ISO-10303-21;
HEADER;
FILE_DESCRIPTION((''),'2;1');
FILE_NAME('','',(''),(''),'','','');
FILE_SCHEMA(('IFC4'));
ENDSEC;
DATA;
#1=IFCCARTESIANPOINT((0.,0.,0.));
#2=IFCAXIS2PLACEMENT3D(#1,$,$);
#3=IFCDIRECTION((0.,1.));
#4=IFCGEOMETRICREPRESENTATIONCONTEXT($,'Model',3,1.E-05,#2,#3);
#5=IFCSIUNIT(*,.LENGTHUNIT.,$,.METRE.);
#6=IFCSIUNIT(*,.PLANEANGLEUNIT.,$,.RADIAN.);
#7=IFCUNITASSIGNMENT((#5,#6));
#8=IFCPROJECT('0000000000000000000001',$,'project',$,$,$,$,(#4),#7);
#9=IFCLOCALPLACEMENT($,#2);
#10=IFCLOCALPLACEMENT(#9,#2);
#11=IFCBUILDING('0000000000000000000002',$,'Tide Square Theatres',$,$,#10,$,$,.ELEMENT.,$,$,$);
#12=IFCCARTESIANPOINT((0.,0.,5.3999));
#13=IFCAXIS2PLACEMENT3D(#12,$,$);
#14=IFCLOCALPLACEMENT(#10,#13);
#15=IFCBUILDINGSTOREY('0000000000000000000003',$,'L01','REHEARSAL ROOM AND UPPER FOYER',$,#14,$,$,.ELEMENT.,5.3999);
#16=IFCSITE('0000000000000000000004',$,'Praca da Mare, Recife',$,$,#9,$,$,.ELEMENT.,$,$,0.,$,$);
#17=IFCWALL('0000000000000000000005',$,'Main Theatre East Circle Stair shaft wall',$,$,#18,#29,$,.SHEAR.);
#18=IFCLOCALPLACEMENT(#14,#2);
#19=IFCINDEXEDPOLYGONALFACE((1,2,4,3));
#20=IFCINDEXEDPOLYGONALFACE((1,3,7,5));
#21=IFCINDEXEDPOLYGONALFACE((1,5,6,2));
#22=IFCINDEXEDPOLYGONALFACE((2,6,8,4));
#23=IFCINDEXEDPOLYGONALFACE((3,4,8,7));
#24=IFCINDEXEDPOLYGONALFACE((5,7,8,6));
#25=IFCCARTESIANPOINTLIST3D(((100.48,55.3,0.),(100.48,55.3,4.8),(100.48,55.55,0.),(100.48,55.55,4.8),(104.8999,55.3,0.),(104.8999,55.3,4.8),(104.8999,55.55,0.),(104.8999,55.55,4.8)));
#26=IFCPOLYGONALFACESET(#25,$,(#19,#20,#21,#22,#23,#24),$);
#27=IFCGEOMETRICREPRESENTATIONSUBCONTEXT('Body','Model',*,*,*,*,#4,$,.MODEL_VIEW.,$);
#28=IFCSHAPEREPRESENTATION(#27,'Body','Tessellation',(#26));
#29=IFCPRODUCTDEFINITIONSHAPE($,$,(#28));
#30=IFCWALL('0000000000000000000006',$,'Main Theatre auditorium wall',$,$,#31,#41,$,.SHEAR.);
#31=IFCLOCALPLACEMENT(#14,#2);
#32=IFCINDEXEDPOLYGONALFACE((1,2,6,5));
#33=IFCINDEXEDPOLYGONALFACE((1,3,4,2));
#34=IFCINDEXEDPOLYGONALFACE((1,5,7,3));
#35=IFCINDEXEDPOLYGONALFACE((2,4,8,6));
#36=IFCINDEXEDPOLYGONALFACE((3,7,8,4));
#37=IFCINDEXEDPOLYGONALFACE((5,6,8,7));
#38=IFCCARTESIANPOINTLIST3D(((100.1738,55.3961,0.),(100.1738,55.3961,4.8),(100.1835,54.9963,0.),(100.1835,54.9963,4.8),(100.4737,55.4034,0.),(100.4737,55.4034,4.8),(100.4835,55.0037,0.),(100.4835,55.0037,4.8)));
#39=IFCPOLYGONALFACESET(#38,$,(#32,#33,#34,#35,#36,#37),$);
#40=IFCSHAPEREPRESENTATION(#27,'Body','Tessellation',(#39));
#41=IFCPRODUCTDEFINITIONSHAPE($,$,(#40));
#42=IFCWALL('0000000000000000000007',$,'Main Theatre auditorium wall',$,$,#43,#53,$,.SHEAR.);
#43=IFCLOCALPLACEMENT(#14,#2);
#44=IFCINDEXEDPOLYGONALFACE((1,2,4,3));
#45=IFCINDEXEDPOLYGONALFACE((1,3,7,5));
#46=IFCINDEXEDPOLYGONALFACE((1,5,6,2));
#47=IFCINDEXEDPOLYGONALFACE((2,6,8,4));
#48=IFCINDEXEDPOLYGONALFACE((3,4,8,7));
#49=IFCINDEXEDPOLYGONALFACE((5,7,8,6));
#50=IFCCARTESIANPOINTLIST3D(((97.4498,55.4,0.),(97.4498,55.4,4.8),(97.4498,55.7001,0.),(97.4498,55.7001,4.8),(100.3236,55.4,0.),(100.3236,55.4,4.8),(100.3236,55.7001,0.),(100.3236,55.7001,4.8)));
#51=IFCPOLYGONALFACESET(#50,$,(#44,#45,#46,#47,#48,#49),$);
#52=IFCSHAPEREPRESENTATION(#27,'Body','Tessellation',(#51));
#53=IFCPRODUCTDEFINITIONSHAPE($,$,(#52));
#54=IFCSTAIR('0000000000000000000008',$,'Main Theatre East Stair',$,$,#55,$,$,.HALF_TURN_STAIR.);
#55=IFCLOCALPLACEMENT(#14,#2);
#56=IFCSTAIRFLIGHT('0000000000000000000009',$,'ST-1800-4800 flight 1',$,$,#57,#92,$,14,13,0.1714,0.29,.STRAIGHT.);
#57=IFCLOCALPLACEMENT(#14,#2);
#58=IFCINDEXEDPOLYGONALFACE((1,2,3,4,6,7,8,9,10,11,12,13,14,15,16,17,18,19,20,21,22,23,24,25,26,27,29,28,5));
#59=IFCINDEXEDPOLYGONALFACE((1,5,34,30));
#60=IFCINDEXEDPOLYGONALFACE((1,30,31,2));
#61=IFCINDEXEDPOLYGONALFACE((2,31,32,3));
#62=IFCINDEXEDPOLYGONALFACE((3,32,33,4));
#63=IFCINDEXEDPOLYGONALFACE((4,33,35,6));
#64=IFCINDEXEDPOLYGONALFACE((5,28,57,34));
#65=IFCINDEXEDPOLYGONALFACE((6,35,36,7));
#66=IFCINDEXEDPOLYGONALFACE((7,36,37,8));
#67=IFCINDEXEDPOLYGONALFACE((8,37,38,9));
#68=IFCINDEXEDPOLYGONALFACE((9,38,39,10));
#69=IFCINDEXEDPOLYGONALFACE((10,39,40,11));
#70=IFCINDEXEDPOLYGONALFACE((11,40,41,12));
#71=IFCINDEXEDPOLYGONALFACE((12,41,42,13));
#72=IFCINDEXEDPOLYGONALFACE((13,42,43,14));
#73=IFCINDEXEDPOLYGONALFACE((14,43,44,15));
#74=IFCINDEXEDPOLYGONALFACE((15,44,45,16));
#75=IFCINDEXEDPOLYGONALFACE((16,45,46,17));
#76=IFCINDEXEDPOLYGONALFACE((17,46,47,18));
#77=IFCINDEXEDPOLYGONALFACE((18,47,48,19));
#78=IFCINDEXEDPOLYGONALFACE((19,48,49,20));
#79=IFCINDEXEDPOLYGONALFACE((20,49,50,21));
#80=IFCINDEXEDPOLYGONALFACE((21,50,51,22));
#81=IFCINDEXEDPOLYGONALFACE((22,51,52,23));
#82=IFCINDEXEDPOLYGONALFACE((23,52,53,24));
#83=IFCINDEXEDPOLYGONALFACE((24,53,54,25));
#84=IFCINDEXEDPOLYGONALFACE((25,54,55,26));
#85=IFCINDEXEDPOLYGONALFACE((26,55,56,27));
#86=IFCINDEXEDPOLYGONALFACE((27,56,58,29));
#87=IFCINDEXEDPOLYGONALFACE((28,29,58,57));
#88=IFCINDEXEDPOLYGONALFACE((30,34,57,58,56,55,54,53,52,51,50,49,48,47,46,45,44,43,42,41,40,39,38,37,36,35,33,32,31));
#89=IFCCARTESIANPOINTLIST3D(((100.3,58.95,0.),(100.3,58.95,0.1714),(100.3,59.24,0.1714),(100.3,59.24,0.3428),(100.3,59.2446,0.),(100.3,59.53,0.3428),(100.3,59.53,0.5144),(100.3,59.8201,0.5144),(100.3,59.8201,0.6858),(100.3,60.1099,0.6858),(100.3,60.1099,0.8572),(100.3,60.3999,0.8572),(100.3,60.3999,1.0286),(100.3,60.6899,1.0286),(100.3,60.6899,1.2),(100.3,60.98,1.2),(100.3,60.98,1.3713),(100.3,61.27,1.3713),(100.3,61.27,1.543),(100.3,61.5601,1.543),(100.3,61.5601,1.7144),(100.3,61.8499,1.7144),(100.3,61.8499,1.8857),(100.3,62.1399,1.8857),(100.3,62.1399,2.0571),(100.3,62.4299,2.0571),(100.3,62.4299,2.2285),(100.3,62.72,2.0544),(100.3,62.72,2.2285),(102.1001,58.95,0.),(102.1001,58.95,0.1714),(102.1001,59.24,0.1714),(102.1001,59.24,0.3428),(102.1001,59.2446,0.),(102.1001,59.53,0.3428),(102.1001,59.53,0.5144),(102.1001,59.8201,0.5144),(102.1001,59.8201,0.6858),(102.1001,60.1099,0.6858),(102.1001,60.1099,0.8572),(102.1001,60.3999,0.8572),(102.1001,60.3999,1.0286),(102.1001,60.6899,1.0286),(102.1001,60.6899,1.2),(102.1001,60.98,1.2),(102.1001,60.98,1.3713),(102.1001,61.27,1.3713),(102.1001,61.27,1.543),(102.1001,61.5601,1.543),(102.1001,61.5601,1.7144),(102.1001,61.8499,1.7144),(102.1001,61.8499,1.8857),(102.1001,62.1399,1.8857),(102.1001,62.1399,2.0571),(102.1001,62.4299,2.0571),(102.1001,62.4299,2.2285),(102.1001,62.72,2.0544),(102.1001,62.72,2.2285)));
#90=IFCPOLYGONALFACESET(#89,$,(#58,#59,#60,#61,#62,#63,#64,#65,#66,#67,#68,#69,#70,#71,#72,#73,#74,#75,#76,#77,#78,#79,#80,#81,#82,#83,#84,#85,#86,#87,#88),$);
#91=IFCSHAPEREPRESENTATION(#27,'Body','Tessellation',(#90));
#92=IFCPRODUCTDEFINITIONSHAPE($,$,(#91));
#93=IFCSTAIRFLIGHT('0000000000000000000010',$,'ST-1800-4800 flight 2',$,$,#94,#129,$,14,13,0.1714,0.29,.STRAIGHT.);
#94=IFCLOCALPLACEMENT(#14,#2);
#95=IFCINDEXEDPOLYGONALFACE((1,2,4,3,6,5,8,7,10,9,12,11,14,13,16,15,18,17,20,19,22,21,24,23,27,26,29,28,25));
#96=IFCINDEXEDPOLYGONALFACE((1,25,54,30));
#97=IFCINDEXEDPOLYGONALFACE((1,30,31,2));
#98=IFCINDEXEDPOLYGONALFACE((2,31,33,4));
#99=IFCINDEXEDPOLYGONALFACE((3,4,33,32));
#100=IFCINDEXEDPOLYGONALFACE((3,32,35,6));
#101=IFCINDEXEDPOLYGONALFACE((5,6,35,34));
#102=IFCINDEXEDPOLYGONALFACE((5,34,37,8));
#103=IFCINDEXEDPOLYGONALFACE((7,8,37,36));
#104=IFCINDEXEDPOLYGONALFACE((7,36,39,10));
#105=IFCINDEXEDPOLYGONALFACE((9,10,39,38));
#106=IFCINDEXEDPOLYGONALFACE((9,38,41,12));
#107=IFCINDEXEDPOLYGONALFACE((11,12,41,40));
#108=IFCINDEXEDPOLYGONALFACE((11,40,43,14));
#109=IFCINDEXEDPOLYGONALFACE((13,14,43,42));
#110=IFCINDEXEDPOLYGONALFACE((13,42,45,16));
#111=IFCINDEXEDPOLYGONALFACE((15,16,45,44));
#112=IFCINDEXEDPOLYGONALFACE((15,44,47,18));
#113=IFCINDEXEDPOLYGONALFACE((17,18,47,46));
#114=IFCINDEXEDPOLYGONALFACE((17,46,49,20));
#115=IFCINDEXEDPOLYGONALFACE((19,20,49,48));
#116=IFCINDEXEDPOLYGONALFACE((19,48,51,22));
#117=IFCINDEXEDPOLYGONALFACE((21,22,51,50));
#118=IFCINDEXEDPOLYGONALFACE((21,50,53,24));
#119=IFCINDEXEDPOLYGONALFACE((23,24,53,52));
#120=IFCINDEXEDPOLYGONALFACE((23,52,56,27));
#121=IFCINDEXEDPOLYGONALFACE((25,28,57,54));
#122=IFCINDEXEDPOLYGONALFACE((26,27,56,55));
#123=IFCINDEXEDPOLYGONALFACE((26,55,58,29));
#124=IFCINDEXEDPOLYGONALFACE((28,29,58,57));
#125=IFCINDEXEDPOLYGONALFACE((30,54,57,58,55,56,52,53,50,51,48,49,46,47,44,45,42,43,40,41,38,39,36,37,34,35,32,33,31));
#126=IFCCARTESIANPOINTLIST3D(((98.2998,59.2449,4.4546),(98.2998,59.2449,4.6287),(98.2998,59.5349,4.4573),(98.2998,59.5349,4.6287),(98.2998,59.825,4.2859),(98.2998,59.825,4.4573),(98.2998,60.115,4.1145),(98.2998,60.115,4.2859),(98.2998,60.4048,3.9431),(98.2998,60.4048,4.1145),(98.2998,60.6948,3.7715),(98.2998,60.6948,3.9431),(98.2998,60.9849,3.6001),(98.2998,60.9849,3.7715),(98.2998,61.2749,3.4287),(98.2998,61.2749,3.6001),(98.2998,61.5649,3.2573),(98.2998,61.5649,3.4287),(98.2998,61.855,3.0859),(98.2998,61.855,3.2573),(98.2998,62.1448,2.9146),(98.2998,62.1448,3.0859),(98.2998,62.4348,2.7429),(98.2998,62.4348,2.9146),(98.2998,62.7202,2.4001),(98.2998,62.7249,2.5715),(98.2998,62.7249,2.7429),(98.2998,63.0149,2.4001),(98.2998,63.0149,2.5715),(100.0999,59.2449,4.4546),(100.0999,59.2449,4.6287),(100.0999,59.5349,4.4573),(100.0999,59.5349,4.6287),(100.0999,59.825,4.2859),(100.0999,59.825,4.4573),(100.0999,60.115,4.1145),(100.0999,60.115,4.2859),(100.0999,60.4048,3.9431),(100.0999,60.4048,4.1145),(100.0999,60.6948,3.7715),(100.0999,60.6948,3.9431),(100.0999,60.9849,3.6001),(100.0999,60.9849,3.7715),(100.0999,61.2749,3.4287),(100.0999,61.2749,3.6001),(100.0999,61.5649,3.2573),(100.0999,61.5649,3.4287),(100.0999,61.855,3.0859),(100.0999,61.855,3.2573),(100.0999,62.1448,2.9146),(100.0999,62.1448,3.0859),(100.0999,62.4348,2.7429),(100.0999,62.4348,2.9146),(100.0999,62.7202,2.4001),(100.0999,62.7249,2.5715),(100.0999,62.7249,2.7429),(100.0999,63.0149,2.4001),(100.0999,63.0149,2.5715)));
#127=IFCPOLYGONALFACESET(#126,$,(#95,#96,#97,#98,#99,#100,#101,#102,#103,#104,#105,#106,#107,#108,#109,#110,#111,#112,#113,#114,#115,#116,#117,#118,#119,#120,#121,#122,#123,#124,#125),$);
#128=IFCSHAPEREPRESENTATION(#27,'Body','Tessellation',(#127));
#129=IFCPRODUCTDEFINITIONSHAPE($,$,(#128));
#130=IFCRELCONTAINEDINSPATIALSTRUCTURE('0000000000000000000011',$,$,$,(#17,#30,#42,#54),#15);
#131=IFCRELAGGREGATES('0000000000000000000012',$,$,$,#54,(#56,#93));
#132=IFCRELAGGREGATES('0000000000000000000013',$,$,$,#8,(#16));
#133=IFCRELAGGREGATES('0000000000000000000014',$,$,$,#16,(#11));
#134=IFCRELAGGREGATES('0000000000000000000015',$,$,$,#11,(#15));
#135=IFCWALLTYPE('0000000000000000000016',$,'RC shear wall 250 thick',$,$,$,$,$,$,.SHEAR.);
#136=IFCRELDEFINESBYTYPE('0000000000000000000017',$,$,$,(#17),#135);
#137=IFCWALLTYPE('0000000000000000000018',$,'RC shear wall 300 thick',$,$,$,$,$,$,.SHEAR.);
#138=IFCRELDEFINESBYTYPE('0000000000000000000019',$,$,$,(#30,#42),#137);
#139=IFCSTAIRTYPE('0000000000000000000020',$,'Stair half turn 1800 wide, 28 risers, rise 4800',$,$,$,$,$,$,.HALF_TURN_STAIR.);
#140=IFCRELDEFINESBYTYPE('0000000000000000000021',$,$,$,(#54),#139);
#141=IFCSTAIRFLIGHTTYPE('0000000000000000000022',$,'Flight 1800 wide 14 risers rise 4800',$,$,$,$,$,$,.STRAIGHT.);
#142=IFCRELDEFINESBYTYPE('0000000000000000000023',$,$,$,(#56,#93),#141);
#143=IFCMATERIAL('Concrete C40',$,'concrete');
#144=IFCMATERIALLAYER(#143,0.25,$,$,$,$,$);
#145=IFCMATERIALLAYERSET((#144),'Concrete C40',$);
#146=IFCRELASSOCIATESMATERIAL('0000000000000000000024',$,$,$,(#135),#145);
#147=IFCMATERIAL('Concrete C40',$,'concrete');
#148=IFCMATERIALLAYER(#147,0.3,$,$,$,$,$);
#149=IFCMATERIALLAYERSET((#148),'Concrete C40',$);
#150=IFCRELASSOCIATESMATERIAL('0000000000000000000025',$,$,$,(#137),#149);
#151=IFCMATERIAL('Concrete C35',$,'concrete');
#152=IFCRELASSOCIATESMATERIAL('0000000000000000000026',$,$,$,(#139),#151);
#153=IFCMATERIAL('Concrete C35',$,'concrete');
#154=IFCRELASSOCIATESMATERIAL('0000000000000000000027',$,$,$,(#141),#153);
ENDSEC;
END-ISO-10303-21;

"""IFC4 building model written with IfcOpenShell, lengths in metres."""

from ifc_helpers import new_model, si_unit, direction, frame, frame_2d, origin, place, context, subcontext, project, spatial, polyline, rectangle, outline, extrude, material, layer, layer_set, type_object, element, aggregate, save


model = new_model("IFC4")

# Units and contexts
model_context = context("Model", 3, precision=1e-05, world=origin(), true_north=direction((0.0, 1.0)))
body_context = subcontext(model_context, "Body", "Model", "MODEL_VIEW")
ifc_project = project(units=[si_unit("LENGTHUNIT", "METRE"), si_unit("PLANEANGLEUNIT", "RADIAN")], contexts=[model_context])

# Site, building, storey
site_placement = place(None, origin())
site = spatial("IfcSite", under=ifc_project, at=site_placement, Name="Praca da Mare, Recife", CompositionType="ELEMENT", RefElevation=0.0)
building_placement = place(site_placement, origin())
building = spatial("IfcBuilding", under=site, at=building_placement, Name="Tide Square Theatres", CompositionType="ELEMENT")
storey_placement = place(building_placement, frame((0.0, 0.0, 5.3999)))
storey = spatial("IfcBuildingStorey", under=building, at=storey_placement, Name="L01", Description="REHEARSAL ROOM AND UPPER FOYER", CompositionType="ELEMENT", Elevation=5.3999)

# Shared definitions
ifc_material_1 = material(Name="Concrete C40", Category="concrete")
ifc_layer_1 = layer(ifc_material_1, 0.25)
ifc_layer_set_1 = layer_set([ifc_layer_1], Name="Concrete C40")
wall_type_1 = type_object("IfcWallType", Name="RC shear wall 250 thick", PredefinedType="SHEAR", material=ifc_layer_set_1)

# Walls
wall_1_placement = place(storey_placement, frame((100.48, 55.425, 0.0), z_axis=(0.0, 0.0, 1.0), x_axis=(1.0, 0.0, 0.0)))
element("IfcWall", 1, at=wall_1_placement, inside=storey, type_object=wall_type_1, Name="Main Theatre East Circle Stair shaft wall", PredefinedType="SHEAR", context=body_context, shape_type="SweptSolid", body=[
    extrude(rectangle(XDim=4.4199, YDim=0.25, at=frame_2d((2.21, 0.0))), origin(), (0.0, 0.0, 1.0), 4.8),
])
ifc_material_2 = material(Name="Concrete C40", Category="concrete")
ifc_layer_2 = layer(ifc_material_2, 0.3)
ifc_layer_set_2 = layer_set([ifc_layer_2], Name="Concrete C40")
wall_type_2 = type_object("IfcWallType", Name="RC shear wall 300 thick", PredefinedType="SHEAR", material=ifc_layer_set_2)
wall_2_placement = place(storey_placement, frame((100.3335, 55.0, 0.0), z_axis=(0.0, 0.0, 1.0), x_axis=(-0.024413, 0.999702, 0.0)))
element("IfcWall", 2, at=wall_2_placement, inside=storey, type_object=wall_type_2, Name="Main Theatre auditorium wall", PredefinedType="SHEAR", context=body_context, shape_type="SweptSolid", body=[
    extrude(rectangle(XDim=0.3999, YDim=0.3, at=frame_2d((0.2, 0.0))), origin(), (0.0, 0.0, 1.0), 4.8),
])
wall_3_placement = place(storey_placement, frame((100.3237, 55.55, 0.0), z_axis=(0.0, 0.0, 1.0), x_axis=(-1.0, 0.0, 0.0)))
element("IfcWall", 3, at=wall_3_placement, inside=storey, type_object=wall_type_2, Name="Main Theatre auditorium wall", PredefinedType="SHEAR", context=body_context, shape_type="SweptSolid", body=[
    extrude(rectangle(XDim=2.8738, YDim=0.3, at=frame_2d((1.437, 0.0))), origin(), (0.0, 0.0, 1.0), 4.8),
])

# Stair, stair flights
ifc_material_3 = material(Name="Concrete C35", Category="concrete")
stair_type = type_object("IfcStairType", Name="Stair half turn 1800 wide, 28 risers, rise 4800", PredefinedType="HALF_TURN_STAIR", material=ifc_material_3)
stair_placement = place(storey_placement, origin())
stair = element("IfcStair", 4, at=stair_placement, inside=storey, type_object=stair_type, Name="Main Theatre East Stair", PredefinedType="HALF_TURN_STAIR")
ifc_material_4 = material(Name="Concrete C35", Category="concrete")
stair_flight_type = type_object("IfcStairFlightType", Name="Flight 1800 wide 14 risers rise 4800", PredefinedType="STRAIGHT", material=ifc_material_4)
stair_flight_1_placement = place(storey_placement, frame((101.2, 58.95, 0.0), z_axis=(0.0, 0.0, 1.0), x_axis=(0.0, 1.0, 0.0)))
stair_flight_1 = element("IfcStairFlight", 5, at=stair_flight_1_placement, type_object=stair_flight_type, Name="ST-1800-4800 flight 1", NumberOfRisers=14, NumberOfTreads=13, PredefinedType="STRAIGHT", RiserHeight=0.1714, TreadLength=0.29, context=body_context, shape_type="SweptSolid", body=[
    extrude(outline(polyline([(0.0, 0.0), (0.0, 0.1714), (0.29, 0.1714), (0.29, 0.3428), (0.5801, 0.3428), (0.5801, 0.5144), (0.8701, 0.5144), (0.8701, 0.6858), (1.1599, 0.6858), (1.1599, 0.8572), (1.45, 0.8572), (1.45, 1.0286), (1.74, 1.0286), (1.74, 1.2), (2.03, 1.2), (2.03, 1.3713), (2.3201, 1.3713), (2.3201, 1.543), (2.6101, 1.543), (2.6101, 1.7144), (2.8999, 1.7144), (2.8999, 1.8857), (3.1899, 1.8857), (3.1899, 2.0571), (3.48, 2.0571), (3.48, 2.2285), (3.77, 2.2285), (3.77, 2.3999), (3.77, 2.0544), (0.2947, 0.0), (0.0, 0.0)])), frame((0.0, 0.8999, 0.0), z_axis=(0.0, -1.0, 0.0), x_axis=(1.0, 0.0, 0.0)), (0.0, 0.0, 1.0), 1.8),
])
stair_flight_2_placement = place(storey_placement, frame((99.2, 63.0149, 2.4001), z_axis=(0.0, 0.0, 1.0), x_axis=(0.0, -1.0, 0.0)))
stair_flight_2 = element("IfcStairFlight", 6, at=stair_flight_2_placement, type_object=stair_flight_type, Name="ST-1800-4800 flight 2", NumberOfRisers=14, NumberOfTreads=13, PredefinedType="STRAIGHT", RiserHeight=0.1714, TreadLength=0.29, context=body_context, shape_type="SweptSolid", body=[
    extrude(outline(polyline([(0.0, 0.0), (0.0, 0.1714), (0.29, 0.1714), (0.29, 0.3428), (0.5801, 0.3428), (0.5801, 0.5144), (0.8701, 0.5144), (0.8701, 0.6858), (1.1599, 0.6858), (1.1599, 0.8572), (1.45, 0.8572), (1.45, 1.0286), (1.74, 1.0286), (1.74, 1.2), (2.03, 1.2), (2.03, 1.3713), (2.3201, 1.3713), (2.3201, 1.543), (2.6101, 1.543), (2.6101, 1.7144), (2.8999, 1.7144), (2.8999, 1.8857), (3.1899, 1.8857), (3.1899, 2.0571), (3.48, 2.0571), (3.48, 2.2285), (3.77, 2.2285), (3.77, 2.3999), (3.77, 2.0544), (0.2947, 0.0), (0.0, 0.0)])), frame((0.0, 0.8999, 0.0), z_axis=(0.0, -1.0, 0.0), x_axis=(1.0, 0.0, 0.0)), (0.0, 0.0, 1.0), 1.8),
])
aggregate(stair, [stair_flight_1, stair_flight_2])

save(model, "model.ifc")
